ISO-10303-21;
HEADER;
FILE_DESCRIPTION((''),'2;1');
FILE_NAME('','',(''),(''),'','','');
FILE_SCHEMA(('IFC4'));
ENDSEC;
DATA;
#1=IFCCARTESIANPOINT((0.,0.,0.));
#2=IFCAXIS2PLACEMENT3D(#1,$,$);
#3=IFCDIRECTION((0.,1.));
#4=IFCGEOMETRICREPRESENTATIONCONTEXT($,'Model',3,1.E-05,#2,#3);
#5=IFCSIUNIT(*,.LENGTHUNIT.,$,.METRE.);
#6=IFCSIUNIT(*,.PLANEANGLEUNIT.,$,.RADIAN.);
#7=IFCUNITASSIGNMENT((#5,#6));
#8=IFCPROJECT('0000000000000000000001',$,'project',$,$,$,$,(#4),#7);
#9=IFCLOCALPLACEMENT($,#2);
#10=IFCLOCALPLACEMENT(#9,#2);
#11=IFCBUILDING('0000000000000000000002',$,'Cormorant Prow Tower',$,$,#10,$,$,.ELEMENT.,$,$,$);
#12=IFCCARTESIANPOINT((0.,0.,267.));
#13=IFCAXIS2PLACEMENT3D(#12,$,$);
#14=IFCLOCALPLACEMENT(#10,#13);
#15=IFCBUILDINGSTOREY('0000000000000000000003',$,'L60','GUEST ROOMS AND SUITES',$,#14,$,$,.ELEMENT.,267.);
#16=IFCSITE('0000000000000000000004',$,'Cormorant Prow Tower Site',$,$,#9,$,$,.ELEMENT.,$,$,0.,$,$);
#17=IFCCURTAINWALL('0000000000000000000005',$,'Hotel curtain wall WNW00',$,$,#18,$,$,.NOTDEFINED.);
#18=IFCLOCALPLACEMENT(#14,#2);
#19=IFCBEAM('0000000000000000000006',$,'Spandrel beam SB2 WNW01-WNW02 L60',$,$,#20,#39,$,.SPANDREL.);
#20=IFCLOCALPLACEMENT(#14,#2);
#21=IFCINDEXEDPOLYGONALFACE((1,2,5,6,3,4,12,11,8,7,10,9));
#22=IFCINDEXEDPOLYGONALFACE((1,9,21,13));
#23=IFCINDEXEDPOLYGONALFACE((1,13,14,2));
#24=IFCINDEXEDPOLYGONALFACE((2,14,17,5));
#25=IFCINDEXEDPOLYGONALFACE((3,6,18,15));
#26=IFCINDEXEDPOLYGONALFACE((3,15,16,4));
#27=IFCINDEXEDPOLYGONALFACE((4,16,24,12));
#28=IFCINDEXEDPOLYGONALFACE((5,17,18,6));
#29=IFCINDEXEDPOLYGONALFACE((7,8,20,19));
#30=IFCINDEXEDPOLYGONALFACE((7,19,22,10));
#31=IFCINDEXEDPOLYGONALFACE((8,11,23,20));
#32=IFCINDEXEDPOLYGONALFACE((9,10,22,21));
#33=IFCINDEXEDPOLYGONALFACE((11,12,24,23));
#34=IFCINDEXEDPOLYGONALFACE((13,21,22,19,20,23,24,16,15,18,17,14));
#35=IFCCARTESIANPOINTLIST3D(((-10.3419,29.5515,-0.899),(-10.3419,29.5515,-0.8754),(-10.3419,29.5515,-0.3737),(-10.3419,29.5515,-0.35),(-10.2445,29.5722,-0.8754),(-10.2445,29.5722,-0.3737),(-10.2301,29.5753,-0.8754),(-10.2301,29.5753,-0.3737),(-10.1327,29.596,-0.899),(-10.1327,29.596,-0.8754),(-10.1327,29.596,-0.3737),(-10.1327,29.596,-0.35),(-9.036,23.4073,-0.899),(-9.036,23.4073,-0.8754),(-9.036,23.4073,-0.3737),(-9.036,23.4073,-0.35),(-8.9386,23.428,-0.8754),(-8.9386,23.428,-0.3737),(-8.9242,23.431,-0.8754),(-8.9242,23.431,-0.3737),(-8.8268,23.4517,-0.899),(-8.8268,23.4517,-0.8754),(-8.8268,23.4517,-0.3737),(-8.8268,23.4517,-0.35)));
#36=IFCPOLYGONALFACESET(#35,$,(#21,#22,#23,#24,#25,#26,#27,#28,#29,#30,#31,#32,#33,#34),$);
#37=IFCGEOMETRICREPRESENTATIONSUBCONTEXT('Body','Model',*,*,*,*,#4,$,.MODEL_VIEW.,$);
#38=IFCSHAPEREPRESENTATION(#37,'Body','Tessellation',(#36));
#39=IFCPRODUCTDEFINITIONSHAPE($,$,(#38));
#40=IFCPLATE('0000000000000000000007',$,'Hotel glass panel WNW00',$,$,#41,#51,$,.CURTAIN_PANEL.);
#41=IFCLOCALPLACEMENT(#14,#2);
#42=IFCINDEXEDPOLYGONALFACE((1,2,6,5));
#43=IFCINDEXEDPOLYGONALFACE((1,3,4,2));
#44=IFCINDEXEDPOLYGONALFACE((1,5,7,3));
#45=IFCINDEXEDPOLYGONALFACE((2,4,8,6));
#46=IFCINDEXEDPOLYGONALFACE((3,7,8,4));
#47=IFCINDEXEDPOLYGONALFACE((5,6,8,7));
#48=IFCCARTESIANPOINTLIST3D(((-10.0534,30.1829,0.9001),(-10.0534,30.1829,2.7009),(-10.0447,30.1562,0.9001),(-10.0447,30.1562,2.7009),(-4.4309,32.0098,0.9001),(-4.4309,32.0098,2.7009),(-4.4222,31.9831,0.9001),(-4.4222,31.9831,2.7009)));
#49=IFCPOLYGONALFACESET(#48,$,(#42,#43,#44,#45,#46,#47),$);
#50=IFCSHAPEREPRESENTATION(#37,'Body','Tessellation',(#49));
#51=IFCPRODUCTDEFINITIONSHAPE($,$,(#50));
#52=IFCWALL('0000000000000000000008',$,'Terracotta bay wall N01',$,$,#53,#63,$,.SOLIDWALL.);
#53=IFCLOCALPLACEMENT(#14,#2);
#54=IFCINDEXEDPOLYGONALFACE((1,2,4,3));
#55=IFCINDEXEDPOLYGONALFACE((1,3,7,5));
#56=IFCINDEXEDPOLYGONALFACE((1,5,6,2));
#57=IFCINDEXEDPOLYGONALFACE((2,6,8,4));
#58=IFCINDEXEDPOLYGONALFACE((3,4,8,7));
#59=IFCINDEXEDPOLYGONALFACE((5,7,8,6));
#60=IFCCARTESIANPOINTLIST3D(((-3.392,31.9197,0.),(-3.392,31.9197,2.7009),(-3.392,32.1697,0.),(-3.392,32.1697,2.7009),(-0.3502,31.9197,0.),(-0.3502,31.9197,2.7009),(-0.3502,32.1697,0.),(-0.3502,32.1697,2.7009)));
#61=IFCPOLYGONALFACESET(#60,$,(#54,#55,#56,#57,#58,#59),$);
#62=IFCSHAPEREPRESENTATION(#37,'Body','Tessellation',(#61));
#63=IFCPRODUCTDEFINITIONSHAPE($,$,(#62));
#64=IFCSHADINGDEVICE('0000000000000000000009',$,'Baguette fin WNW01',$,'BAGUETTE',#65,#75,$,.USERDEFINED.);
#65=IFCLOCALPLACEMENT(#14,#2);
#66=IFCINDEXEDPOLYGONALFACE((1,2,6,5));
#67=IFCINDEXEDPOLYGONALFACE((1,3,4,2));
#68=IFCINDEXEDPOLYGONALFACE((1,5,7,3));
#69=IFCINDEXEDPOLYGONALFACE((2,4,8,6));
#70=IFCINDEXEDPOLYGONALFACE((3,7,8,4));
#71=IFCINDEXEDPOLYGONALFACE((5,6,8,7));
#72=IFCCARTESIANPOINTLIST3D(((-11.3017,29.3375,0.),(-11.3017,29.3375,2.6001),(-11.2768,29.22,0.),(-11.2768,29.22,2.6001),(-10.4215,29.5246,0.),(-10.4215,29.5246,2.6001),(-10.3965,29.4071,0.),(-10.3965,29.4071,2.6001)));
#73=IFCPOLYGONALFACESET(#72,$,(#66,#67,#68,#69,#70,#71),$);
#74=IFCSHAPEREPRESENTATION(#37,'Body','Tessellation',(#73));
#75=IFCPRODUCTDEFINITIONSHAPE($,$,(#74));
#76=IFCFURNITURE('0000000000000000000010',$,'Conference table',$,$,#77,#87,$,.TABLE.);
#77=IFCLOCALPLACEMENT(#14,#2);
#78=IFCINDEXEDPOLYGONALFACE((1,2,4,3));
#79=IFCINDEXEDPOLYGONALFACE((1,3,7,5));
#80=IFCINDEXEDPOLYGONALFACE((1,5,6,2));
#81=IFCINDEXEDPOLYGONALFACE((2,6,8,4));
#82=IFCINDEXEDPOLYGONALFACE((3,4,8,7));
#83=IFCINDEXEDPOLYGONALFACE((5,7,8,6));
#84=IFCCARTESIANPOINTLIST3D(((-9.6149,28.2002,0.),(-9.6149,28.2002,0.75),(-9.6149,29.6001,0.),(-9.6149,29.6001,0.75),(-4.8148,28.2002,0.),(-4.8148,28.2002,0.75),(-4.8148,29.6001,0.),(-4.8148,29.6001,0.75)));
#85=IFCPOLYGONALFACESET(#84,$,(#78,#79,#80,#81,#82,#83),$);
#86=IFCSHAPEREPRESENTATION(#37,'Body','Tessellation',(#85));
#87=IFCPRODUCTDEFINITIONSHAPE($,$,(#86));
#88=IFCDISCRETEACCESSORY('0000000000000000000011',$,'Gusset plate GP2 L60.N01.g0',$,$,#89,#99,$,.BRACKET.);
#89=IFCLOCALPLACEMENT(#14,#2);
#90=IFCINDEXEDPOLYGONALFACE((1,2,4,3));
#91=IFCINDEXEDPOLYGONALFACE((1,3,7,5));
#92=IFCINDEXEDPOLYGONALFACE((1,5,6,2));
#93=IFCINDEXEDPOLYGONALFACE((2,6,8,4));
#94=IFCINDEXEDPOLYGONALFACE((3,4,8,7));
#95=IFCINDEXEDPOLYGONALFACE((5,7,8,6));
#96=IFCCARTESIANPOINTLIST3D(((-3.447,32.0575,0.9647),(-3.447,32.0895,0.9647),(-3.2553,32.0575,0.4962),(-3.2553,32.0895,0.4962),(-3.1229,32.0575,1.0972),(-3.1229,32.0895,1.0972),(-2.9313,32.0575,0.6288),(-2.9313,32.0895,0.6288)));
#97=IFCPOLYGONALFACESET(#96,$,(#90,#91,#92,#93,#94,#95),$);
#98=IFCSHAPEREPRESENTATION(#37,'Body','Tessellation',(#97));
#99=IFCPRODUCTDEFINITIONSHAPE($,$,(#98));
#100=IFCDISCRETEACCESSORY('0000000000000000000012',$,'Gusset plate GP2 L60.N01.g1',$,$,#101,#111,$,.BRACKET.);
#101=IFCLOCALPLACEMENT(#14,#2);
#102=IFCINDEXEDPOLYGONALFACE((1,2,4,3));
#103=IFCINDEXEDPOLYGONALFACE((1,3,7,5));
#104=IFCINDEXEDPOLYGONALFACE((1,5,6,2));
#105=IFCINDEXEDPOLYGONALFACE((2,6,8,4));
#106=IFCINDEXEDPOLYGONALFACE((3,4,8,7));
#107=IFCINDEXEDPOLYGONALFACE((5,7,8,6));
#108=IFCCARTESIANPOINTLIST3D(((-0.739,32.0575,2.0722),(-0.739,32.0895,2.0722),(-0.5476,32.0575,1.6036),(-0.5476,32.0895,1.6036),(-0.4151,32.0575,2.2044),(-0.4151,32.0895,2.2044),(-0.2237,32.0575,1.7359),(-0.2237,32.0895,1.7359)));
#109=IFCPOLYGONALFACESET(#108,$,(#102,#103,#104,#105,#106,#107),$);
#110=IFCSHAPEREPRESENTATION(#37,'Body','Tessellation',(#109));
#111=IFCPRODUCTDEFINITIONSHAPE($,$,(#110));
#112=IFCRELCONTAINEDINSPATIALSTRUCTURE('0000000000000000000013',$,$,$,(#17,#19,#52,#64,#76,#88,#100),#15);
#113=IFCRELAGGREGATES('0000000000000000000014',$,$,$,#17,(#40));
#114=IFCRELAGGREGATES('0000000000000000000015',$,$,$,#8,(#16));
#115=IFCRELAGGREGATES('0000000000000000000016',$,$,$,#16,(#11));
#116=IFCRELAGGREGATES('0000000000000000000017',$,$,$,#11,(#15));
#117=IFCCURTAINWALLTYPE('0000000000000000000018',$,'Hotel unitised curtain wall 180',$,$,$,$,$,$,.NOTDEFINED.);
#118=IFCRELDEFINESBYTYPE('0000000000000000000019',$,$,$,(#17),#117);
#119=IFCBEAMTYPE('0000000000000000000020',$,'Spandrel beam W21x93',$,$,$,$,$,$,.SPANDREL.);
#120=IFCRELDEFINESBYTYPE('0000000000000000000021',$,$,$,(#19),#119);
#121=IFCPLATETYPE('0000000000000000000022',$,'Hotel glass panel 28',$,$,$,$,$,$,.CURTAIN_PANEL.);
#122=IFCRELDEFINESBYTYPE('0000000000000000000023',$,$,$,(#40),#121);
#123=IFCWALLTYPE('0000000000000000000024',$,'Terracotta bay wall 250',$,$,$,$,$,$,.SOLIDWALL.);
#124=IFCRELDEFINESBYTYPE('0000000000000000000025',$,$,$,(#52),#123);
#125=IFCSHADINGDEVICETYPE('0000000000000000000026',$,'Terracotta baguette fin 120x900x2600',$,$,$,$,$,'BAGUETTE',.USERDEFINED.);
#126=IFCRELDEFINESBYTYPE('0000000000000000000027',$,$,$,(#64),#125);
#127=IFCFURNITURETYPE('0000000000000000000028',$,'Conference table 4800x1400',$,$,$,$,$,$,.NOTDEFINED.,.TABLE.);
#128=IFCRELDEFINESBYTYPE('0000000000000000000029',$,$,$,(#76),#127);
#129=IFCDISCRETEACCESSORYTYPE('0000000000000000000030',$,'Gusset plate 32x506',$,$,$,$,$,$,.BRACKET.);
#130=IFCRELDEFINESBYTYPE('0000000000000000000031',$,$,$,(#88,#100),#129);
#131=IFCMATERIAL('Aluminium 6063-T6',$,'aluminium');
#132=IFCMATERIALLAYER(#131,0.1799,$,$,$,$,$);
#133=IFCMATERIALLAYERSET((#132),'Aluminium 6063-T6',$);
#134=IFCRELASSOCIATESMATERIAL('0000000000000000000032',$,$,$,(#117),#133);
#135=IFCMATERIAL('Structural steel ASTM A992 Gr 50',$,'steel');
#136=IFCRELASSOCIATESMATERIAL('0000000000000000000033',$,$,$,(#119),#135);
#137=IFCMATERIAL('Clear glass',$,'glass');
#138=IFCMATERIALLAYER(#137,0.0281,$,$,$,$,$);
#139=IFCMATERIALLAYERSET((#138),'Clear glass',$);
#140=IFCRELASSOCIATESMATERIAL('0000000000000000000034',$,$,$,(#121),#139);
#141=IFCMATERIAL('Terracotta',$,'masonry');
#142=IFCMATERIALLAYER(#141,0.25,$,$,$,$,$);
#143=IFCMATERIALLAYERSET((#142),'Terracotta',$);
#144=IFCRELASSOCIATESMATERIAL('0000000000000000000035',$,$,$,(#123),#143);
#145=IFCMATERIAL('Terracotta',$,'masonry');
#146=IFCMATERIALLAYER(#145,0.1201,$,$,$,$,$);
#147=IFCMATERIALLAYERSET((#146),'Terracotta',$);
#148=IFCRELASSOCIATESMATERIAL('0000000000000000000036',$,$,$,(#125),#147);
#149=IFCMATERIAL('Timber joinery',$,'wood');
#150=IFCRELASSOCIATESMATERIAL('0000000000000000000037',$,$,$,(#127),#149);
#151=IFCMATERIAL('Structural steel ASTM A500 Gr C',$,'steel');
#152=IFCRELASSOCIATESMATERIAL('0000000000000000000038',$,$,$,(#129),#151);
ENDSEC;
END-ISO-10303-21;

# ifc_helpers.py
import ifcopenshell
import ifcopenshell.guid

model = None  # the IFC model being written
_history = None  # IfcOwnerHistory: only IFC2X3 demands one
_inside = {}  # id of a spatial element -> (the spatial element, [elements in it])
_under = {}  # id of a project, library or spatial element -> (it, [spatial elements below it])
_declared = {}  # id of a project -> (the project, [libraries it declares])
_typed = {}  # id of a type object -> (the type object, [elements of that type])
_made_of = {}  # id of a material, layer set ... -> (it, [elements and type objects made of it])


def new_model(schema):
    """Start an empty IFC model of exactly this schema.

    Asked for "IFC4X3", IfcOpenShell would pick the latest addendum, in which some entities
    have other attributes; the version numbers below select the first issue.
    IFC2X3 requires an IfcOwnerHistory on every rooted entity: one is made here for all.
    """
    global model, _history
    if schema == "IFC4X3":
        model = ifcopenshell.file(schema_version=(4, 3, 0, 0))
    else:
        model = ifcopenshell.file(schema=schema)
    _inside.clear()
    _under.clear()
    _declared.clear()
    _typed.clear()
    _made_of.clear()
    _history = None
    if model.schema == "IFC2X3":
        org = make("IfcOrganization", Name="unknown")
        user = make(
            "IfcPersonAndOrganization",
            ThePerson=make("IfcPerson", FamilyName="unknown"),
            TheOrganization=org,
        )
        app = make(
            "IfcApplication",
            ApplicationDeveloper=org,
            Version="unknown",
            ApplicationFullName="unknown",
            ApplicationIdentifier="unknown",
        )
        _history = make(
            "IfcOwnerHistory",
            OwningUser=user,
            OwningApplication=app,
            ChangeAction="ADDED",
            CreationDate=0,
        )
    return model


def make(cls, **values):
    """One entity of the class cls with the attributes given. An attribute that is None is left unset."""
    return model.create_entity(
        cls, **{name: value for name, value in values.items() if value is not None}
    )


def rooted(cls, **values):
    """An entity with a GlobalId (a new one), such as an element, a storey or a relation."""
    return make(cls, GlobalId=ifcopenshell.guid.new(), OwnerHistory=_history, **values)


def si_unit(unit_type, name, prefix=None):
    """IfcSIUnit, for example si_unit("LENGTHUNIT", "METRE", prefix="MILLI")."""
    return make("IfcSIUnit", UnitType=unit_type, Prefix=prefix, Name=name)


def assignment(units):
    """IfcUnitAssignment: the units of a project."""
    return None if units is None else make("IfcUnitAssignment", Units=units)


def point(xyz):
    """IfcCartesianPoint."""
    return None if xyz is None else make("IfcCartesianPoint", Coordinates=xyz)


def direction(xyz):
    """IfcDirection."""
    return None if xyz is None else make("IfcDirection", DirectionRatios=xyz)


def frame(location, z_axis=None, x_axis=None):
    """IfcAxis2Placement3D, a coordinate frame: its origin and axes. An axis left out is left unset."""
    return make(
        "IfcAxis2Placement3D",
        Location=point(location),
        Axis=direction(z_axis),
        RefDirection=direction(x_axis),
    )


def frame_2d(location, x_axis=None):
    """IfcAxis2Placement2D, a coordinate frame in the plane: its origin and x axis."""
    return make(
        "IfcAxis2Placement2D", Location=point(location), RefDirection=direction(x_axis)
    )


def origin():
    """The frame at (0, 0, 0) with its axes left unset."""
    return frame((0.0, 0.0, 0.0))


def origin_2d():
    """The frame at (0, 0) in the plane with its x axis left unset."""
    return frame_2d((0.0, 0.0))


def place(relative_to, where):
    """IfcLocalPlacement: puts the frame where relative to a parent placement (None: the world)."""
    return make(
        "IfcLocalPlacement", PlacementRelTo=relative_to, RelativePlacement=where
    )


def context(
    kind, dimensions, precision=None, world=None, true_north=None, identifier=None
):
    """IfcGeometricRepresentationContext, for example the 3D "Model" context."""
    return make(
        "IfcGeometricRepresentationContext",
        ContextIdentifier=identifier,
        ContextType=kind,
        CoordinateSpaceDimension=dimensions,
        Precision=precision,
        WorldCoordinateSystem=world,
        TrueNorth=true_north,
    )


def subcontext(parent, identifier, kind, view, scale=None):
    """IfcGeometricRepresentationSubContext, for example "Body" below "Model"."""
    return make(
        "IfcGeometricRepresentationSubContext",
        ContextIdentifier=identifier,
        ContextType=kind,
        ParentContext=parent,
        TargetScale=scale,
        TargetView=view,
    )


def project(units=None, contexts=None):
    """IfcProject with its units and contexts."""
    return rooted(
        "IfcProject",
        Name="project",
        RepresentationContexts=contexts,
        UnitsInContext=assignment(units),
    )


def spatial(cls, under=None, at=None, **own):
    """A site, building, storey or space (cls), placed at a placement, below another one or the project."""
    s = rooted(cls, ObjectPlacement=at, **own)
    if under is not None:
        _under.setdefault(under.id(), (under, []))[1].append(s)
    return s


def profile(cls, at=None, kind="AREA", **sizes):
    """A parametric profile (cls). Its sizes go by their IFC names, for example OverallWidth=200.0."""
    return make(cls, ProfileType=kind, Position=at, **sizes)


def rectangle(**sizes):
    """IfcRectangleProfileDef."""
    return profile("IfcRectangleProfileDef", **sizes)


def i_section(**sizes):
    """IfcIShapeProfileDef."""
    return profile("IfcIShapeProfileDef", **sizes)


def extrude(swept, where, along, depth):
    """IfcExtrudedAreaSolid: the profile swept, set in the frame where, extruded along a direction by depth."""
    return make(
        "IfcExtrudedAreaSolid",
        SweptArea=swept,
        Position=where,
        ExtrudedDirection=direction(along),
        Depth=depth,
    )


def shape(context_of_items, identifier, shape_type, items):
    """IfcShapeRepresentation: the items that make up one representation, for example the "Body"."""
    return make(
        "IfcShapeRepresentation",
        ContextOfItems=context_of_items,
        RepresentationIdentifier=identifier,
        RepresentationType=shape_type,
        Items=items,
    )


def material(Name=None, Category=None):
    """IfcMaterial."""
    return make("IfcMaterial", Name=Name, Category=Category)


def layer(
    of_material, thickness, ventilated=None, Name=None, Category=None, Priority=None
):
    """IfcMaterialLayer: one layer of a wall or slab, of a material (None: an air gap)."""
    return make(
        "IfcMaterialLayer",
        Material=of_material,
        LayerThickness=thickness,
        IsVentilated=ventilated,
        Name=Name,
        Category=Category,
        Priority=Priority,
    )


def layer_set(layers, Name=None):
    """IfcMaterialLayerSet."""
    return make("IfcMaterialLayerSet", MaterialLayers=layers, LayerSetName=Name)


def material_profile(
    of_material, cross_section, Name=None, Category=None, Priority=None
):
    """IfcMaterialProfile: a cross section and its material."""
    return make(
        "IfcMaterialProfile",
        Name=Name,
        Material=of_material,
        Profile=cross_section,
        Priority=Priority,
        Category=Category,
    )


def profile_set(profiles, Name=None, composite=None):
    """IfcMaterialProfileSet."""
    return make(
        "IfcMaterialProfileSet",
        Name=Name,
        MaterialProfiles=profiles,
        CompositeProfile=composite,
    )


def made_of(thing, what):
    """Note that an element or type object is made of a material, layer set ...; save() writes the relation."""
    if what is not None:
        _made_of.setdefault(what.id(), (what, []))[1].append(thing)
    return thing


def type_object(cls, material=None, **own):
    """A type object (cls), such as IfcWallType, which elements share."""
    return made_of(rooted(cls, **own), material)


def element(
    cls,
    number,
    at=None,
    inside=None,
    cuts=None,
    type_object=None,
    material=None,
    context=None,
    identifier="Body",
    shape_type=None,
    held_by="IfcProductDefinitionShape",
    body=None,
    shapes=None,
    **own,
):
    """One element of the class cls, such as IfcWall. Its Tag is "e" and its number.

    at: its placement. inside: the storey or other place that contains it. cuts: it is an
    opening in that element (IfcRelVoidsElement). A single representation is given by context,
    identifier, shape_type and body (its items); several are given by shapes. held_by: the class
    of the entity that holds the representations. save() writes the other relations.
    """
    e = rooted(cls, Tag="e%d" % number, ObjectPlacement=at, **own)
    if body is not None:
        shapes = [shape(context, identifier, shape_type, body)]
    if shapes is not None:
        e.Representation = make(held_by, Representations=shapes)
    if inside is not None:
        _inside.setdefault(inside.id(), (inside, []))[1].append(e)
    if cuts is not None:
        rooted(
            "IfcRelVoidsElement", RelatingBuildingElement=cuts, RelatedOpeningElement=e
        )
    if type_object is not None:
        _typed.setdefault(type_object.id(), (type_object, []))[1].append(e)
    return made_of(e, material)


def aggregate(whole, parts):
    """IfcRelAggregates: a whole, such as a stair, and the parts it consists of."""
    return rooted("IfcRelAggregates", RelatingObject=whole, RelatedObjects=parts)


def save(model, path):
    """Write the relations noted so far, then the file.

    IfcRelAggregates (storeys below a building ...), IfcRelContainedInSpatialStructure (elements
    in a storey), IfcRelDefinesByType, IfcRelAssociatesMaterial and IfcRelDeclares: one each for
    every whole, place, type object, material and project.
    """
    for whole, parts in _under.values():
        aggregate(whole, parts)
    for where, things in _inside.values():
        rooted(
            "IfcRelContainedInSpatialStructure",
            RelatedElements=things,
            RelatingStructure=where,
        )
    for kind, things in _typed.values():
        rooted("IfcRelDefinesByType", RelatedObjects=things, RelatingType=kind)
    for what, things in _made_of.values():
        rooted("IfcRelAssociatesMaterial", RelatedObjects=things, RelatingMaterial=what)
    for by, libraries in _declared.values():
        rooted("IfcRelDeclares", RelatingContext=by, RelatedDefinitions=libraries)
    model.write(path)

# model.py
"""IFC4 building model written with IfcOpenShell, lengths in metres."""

from ifc_helpers import new_model, si_unit, direction, frame, frame_2d, origin, origin_2d, place, context, subcontext, project, spatial, rectangle, i_section, extrude, material, layer, layer_set, material_profile, profile_set, type_object, element, aggregate, save


model = new_model("IFC4")

# Units and contexts
model_context = context("Model", 3, precision=1e-05, world=origin(), true_north=direction((0.0, 1.0)))
body_context = subcontext(model_context, "Body", "Model", "MODEL_VIEW")
ifc_project = project(units=[si_unit("LENGTHUNIT", "METRE"), si_unit("PLANEANGLEUNIT", "RADIAN")], contexts=[model_context])

# Site, building, storey
site_placement = place(None, origin())
site = spatial("IfcSite", under=ifc_project, at=site_placement, Name="Cormorant Prow Tower Site", CompositionType="ELEMENT", RefElevation=0.0)
building_placement = place(site_placement, origin())
building = spatial("IfcBuilding", under=site, at=building_placement, Name="Cormorant Prow Tower", CompositionType="ELEMENT")
storey_placement = place(building_placement, frame((0.0, 0.0, 267.0)))
storey = spatial("IfcBuildingStorey", under=building, at=storey_placement, Name="L60", Description="GUEST ROOMS AND SUITES", CompositionType="ELEMENT", Elevation=267.0)

# Curtain wall
ifc_material_1 = material(Name="Aluminium 6063-T6", Category="aluminium")
ifc_layer_1 = layer(ifc_material_1, 0.1799)
ifc_layer_set_1 = layer_set([ifc_layer_1], Name="Aluminium 6063-T6")
curtain_wall_type = type_object("IfcCurtainWallType", Name="Hotel unitised curtain wall 180", PredefinedType="NOTDEFINED", material=ifc_layer_set_1)
curtain_wall_1_placement = place(storey_placement, origin())
curtain_wall_1 = element("IfcCurtainWall", 1, at=curtain_wall_1_placement, inside=storey, type_object=curtain_wall_type, Name="Hotel curtain wall WNW00", PredefinedType="NOTDEFINED")

# Beam
ifc_material_2 = material(Name="Structural steel ASTM A992 Gr 50", Category="steel")
ifc_material_profile_1 = material_profile(ifc_material_2, i_section(OverallWidth=0.2139, OverallDepth=0.5491, WebThickness=0.0146, FlangeThickness=0.0237, at=origin_2d()), Name="W21x93")
ifc_profile_set_1 = profile_set([ifc_material_profile_1], Name="Structural steel ASTM A992 Gr 50")
beam_type = type_object("IfcBeamType", Name="Spandrel beam W21x93", PredefinedType="SPANDREL", material=ifc_profile_set_1)
for number, where, z_axis, x_axis, name in (
    (2, (-10.2373, 29.5737, -0.6245), (0.207896, -0.978151, 0.0), (0.978151, 0.207896, 0.0), "Spandrel beam SB2 WNW01-WNW02 L60"),
):
    element("IfcBeam", number, at=place(storey_placement, frame(where, z_axis=z_axis, x_axis=x_axis)), inside=storey, type_object=beam_type, Name=name, PredefinedType="SPANDREL", context=body_context, shape_type="SweptSolid", body=[
        extrude(i_section(OverallWidth=0.2139, OverallDepth=0.5491, WebThickness=0.0146, FlangeThickness=0.0237, at=origin_2d()), origin(), (0.0, 0.0, 1.0), 6.2815),
    ])

# Plate
ifc_material_3 = material(Name="Clear glass", Category="glass")
ifc_layer_2 = layer(ifc_material_3, 0.0281)
ifc_layer_set_2 = layer_set([ifc_layer_2], Name="Clear glass")
plate_type = type_object("IfcPlateType", Name="Hotel glass panel 28", PredefinedType="CURTAIN_PANEL", material=ifc_layer_set_2)
plate_placement = place(storey_placement, frame((-7.2378, 31.083, 0.9001), z_axis=(0.0, 0.0, 1.0), x_axis=(-0.951057, -0.309017, 0.0)))
plate = element("IfcPlate", 3, at=plate_placement, type_object=plate_type, Name="Hotel glass panel WNW00", PredefinedType="CURTAIN_PANEL", context=body_context, shape_type="SweptSolid", body=[
    extrude(rectangle(XDim=5.9119, YDim=0.0281, at=origin_2d()), origin(), (0.0, 0.0, 1.0), 1.8008),
])
aggregate(curtain_wall_1, [plate])

# Wall
ifc_material_4 = material(Name="Terracotta", Category="masonry")
ifc_layer_3 = layer(ifc_material_4, 0.25)
ifc_layer_set_3 = layer_set([ifc_layer_3], Name="Terracotta")
wall_type_1 = type_object("IfcWallType", Name="Terracotta bay wall 250", PredefinedType="SOLIDWALL", material=ifc_layer_set_3)
wall_1_placement = place(storey_placement, frame((-0.3501, 32.0447, 0.0), z_axis=(0.0, 0.0, 1.0), x_axis=(-1.0, 0.0, 0.0)))
element("IfcWall", 4, at=wall_1_placement, inside=storey, type_object=wall_type_1, Name="Terracotta bay wall N01", PredefinedType="SOLIDWALL", context=body_context, shape_type="SweptSolid", body=[
    extrude(rectangle(XDim=3.0417, YDim=0.25, at=frame_2d((1.521, 0.0))), origin(), (0.0, 0.0, 1.0), 2.7009),
])

# Shading device
ifc_material_5 = material(Name="Terracotta", Category="masonry")
ifc_layer_4 = layer(ifc_material_5, 0.1201)
ifc_layer_set_4 = layer_set([ifc_layer_4], Name="Terracotta")
shading_device_type = type_object("IfcShadingDeviceType", Name="Terracotta baguette fin 120x900x2600", ElementType="BAGUETTE", PredefinedType="USERDEFINED", material=ifc_layer_set_4)
shading_device_placement = place(storey_placement, frame((-10.8491, 29.3723, 0.0), z_axis=(0.0, 0.0, 1.0), x_axis=(0.207912, -0.978148, 0.0)))
element("IfcShadingDevice", 5, at=shading_device_placement, inside=storey, type_object=shading_device_type, Name="Baguette fin WNW01", ObjectType="BAGUETTE", PredefinedType="USERDEFINED", context=body_context, shape_type="SweptSolid", body=[
    extrude(rectangle(XDim=0.1201, YDim=0.8999, at=origin_2d()), origin(), (0.0, 0.0, 1.0), 2.6001),
])

# Furniture
ifc_material_6 = material(Name="Timber joinery", Category="wood")
furniture_type = type_object("IfcFurnitureType", Name="Conference table 4800x1400", AssemblyPlace="NOTDEFINED", PredefinedType="TABLE", material=ifc_material_6)
furniture_placement = place(storey_placement, frame((-7.2148, 28.9001, 0.0), z_axis=(0.0, 0.0, 1.0), x_axis=(1.0, 0.0, 0.0)))
element("IfcFurniture", 6, at=furniture_placement, inside=storey, type_object=furniture_type, Name="Conference table", PredefinedType="TABLE", context=body_context, shape_type="SweptSolid", body=[
    extrude(rectangle(XDim=4.8, YDim=1.3999, at=origin_2d()), origin(), (0.0, 0.0, 1.0), 0.75),
])

# Discrete accessories
ifc_material_7 = material(Name="Structural steel ASTM A500 Gr C", Category="steel")
ifc_material_profile_2 = material_profile(ifc_material_7, rectangle(XDim=0.032, YDim=0.5061, at=origin_2d()), Name="Gusset plate 32x506")
ifc_profile_set_2 = profile_set([ifc_material_profile_2], Name="Structural steel ASTM A500 Gr C")
discrete_accessory_type = type_object("IfcDiscreteAccessoryType", Name="Gusset plate 32x506", PredefinedType="BRACKET", material=ifc_profile_set_2)
discrete_accessory_1_placement = place(storey_placement, frame((-3.0271, 32.0735, 0.863), z_axis=(-0.925514, 0.0, -0.378714), x_axis=(0.0, -1.0, 0.0)))
element("IfcDiscreteAccessory", 7, at=discrete_accessory_1_placement, inside=storey, type_object=discrete_accessory_type, Name="Gusset plate GP2 L60.N01.g0", PredefinedType="BRACKET", context=body_context, shape_type="SweptSolid", body=[
    extrude(rectangle(XDim=0.032, YDim=0.5061, at=origin_2d()), origin(), (0.0, 0.0, 1.0), 0.3501),
])
discrete_accessory_2_placement = place(storey_placement, frame((-0.6433, 32.0735, 1.8379), z_axis=(0.925758, 0.0, 0.378117), x_axis=(0.0, 1.0, 0.0)))
element("IfcDiscreteAccessory", 8, at=discrete_accessory_2_placement, inside=storey, type_object=discrete_accessory_type, Name="Gusset plate GP2 L60.N01.g1", PredefinedType="BRACKET", context=body_context, shape_type="SweptSolid", body=[
    extrude(rectangle(XDim=0.032, YDim=0.5061, at=origin_2d()), origin(), (0.0, 0.0, 1.0), 0.3499),
])

save(model, "model.ifc")
